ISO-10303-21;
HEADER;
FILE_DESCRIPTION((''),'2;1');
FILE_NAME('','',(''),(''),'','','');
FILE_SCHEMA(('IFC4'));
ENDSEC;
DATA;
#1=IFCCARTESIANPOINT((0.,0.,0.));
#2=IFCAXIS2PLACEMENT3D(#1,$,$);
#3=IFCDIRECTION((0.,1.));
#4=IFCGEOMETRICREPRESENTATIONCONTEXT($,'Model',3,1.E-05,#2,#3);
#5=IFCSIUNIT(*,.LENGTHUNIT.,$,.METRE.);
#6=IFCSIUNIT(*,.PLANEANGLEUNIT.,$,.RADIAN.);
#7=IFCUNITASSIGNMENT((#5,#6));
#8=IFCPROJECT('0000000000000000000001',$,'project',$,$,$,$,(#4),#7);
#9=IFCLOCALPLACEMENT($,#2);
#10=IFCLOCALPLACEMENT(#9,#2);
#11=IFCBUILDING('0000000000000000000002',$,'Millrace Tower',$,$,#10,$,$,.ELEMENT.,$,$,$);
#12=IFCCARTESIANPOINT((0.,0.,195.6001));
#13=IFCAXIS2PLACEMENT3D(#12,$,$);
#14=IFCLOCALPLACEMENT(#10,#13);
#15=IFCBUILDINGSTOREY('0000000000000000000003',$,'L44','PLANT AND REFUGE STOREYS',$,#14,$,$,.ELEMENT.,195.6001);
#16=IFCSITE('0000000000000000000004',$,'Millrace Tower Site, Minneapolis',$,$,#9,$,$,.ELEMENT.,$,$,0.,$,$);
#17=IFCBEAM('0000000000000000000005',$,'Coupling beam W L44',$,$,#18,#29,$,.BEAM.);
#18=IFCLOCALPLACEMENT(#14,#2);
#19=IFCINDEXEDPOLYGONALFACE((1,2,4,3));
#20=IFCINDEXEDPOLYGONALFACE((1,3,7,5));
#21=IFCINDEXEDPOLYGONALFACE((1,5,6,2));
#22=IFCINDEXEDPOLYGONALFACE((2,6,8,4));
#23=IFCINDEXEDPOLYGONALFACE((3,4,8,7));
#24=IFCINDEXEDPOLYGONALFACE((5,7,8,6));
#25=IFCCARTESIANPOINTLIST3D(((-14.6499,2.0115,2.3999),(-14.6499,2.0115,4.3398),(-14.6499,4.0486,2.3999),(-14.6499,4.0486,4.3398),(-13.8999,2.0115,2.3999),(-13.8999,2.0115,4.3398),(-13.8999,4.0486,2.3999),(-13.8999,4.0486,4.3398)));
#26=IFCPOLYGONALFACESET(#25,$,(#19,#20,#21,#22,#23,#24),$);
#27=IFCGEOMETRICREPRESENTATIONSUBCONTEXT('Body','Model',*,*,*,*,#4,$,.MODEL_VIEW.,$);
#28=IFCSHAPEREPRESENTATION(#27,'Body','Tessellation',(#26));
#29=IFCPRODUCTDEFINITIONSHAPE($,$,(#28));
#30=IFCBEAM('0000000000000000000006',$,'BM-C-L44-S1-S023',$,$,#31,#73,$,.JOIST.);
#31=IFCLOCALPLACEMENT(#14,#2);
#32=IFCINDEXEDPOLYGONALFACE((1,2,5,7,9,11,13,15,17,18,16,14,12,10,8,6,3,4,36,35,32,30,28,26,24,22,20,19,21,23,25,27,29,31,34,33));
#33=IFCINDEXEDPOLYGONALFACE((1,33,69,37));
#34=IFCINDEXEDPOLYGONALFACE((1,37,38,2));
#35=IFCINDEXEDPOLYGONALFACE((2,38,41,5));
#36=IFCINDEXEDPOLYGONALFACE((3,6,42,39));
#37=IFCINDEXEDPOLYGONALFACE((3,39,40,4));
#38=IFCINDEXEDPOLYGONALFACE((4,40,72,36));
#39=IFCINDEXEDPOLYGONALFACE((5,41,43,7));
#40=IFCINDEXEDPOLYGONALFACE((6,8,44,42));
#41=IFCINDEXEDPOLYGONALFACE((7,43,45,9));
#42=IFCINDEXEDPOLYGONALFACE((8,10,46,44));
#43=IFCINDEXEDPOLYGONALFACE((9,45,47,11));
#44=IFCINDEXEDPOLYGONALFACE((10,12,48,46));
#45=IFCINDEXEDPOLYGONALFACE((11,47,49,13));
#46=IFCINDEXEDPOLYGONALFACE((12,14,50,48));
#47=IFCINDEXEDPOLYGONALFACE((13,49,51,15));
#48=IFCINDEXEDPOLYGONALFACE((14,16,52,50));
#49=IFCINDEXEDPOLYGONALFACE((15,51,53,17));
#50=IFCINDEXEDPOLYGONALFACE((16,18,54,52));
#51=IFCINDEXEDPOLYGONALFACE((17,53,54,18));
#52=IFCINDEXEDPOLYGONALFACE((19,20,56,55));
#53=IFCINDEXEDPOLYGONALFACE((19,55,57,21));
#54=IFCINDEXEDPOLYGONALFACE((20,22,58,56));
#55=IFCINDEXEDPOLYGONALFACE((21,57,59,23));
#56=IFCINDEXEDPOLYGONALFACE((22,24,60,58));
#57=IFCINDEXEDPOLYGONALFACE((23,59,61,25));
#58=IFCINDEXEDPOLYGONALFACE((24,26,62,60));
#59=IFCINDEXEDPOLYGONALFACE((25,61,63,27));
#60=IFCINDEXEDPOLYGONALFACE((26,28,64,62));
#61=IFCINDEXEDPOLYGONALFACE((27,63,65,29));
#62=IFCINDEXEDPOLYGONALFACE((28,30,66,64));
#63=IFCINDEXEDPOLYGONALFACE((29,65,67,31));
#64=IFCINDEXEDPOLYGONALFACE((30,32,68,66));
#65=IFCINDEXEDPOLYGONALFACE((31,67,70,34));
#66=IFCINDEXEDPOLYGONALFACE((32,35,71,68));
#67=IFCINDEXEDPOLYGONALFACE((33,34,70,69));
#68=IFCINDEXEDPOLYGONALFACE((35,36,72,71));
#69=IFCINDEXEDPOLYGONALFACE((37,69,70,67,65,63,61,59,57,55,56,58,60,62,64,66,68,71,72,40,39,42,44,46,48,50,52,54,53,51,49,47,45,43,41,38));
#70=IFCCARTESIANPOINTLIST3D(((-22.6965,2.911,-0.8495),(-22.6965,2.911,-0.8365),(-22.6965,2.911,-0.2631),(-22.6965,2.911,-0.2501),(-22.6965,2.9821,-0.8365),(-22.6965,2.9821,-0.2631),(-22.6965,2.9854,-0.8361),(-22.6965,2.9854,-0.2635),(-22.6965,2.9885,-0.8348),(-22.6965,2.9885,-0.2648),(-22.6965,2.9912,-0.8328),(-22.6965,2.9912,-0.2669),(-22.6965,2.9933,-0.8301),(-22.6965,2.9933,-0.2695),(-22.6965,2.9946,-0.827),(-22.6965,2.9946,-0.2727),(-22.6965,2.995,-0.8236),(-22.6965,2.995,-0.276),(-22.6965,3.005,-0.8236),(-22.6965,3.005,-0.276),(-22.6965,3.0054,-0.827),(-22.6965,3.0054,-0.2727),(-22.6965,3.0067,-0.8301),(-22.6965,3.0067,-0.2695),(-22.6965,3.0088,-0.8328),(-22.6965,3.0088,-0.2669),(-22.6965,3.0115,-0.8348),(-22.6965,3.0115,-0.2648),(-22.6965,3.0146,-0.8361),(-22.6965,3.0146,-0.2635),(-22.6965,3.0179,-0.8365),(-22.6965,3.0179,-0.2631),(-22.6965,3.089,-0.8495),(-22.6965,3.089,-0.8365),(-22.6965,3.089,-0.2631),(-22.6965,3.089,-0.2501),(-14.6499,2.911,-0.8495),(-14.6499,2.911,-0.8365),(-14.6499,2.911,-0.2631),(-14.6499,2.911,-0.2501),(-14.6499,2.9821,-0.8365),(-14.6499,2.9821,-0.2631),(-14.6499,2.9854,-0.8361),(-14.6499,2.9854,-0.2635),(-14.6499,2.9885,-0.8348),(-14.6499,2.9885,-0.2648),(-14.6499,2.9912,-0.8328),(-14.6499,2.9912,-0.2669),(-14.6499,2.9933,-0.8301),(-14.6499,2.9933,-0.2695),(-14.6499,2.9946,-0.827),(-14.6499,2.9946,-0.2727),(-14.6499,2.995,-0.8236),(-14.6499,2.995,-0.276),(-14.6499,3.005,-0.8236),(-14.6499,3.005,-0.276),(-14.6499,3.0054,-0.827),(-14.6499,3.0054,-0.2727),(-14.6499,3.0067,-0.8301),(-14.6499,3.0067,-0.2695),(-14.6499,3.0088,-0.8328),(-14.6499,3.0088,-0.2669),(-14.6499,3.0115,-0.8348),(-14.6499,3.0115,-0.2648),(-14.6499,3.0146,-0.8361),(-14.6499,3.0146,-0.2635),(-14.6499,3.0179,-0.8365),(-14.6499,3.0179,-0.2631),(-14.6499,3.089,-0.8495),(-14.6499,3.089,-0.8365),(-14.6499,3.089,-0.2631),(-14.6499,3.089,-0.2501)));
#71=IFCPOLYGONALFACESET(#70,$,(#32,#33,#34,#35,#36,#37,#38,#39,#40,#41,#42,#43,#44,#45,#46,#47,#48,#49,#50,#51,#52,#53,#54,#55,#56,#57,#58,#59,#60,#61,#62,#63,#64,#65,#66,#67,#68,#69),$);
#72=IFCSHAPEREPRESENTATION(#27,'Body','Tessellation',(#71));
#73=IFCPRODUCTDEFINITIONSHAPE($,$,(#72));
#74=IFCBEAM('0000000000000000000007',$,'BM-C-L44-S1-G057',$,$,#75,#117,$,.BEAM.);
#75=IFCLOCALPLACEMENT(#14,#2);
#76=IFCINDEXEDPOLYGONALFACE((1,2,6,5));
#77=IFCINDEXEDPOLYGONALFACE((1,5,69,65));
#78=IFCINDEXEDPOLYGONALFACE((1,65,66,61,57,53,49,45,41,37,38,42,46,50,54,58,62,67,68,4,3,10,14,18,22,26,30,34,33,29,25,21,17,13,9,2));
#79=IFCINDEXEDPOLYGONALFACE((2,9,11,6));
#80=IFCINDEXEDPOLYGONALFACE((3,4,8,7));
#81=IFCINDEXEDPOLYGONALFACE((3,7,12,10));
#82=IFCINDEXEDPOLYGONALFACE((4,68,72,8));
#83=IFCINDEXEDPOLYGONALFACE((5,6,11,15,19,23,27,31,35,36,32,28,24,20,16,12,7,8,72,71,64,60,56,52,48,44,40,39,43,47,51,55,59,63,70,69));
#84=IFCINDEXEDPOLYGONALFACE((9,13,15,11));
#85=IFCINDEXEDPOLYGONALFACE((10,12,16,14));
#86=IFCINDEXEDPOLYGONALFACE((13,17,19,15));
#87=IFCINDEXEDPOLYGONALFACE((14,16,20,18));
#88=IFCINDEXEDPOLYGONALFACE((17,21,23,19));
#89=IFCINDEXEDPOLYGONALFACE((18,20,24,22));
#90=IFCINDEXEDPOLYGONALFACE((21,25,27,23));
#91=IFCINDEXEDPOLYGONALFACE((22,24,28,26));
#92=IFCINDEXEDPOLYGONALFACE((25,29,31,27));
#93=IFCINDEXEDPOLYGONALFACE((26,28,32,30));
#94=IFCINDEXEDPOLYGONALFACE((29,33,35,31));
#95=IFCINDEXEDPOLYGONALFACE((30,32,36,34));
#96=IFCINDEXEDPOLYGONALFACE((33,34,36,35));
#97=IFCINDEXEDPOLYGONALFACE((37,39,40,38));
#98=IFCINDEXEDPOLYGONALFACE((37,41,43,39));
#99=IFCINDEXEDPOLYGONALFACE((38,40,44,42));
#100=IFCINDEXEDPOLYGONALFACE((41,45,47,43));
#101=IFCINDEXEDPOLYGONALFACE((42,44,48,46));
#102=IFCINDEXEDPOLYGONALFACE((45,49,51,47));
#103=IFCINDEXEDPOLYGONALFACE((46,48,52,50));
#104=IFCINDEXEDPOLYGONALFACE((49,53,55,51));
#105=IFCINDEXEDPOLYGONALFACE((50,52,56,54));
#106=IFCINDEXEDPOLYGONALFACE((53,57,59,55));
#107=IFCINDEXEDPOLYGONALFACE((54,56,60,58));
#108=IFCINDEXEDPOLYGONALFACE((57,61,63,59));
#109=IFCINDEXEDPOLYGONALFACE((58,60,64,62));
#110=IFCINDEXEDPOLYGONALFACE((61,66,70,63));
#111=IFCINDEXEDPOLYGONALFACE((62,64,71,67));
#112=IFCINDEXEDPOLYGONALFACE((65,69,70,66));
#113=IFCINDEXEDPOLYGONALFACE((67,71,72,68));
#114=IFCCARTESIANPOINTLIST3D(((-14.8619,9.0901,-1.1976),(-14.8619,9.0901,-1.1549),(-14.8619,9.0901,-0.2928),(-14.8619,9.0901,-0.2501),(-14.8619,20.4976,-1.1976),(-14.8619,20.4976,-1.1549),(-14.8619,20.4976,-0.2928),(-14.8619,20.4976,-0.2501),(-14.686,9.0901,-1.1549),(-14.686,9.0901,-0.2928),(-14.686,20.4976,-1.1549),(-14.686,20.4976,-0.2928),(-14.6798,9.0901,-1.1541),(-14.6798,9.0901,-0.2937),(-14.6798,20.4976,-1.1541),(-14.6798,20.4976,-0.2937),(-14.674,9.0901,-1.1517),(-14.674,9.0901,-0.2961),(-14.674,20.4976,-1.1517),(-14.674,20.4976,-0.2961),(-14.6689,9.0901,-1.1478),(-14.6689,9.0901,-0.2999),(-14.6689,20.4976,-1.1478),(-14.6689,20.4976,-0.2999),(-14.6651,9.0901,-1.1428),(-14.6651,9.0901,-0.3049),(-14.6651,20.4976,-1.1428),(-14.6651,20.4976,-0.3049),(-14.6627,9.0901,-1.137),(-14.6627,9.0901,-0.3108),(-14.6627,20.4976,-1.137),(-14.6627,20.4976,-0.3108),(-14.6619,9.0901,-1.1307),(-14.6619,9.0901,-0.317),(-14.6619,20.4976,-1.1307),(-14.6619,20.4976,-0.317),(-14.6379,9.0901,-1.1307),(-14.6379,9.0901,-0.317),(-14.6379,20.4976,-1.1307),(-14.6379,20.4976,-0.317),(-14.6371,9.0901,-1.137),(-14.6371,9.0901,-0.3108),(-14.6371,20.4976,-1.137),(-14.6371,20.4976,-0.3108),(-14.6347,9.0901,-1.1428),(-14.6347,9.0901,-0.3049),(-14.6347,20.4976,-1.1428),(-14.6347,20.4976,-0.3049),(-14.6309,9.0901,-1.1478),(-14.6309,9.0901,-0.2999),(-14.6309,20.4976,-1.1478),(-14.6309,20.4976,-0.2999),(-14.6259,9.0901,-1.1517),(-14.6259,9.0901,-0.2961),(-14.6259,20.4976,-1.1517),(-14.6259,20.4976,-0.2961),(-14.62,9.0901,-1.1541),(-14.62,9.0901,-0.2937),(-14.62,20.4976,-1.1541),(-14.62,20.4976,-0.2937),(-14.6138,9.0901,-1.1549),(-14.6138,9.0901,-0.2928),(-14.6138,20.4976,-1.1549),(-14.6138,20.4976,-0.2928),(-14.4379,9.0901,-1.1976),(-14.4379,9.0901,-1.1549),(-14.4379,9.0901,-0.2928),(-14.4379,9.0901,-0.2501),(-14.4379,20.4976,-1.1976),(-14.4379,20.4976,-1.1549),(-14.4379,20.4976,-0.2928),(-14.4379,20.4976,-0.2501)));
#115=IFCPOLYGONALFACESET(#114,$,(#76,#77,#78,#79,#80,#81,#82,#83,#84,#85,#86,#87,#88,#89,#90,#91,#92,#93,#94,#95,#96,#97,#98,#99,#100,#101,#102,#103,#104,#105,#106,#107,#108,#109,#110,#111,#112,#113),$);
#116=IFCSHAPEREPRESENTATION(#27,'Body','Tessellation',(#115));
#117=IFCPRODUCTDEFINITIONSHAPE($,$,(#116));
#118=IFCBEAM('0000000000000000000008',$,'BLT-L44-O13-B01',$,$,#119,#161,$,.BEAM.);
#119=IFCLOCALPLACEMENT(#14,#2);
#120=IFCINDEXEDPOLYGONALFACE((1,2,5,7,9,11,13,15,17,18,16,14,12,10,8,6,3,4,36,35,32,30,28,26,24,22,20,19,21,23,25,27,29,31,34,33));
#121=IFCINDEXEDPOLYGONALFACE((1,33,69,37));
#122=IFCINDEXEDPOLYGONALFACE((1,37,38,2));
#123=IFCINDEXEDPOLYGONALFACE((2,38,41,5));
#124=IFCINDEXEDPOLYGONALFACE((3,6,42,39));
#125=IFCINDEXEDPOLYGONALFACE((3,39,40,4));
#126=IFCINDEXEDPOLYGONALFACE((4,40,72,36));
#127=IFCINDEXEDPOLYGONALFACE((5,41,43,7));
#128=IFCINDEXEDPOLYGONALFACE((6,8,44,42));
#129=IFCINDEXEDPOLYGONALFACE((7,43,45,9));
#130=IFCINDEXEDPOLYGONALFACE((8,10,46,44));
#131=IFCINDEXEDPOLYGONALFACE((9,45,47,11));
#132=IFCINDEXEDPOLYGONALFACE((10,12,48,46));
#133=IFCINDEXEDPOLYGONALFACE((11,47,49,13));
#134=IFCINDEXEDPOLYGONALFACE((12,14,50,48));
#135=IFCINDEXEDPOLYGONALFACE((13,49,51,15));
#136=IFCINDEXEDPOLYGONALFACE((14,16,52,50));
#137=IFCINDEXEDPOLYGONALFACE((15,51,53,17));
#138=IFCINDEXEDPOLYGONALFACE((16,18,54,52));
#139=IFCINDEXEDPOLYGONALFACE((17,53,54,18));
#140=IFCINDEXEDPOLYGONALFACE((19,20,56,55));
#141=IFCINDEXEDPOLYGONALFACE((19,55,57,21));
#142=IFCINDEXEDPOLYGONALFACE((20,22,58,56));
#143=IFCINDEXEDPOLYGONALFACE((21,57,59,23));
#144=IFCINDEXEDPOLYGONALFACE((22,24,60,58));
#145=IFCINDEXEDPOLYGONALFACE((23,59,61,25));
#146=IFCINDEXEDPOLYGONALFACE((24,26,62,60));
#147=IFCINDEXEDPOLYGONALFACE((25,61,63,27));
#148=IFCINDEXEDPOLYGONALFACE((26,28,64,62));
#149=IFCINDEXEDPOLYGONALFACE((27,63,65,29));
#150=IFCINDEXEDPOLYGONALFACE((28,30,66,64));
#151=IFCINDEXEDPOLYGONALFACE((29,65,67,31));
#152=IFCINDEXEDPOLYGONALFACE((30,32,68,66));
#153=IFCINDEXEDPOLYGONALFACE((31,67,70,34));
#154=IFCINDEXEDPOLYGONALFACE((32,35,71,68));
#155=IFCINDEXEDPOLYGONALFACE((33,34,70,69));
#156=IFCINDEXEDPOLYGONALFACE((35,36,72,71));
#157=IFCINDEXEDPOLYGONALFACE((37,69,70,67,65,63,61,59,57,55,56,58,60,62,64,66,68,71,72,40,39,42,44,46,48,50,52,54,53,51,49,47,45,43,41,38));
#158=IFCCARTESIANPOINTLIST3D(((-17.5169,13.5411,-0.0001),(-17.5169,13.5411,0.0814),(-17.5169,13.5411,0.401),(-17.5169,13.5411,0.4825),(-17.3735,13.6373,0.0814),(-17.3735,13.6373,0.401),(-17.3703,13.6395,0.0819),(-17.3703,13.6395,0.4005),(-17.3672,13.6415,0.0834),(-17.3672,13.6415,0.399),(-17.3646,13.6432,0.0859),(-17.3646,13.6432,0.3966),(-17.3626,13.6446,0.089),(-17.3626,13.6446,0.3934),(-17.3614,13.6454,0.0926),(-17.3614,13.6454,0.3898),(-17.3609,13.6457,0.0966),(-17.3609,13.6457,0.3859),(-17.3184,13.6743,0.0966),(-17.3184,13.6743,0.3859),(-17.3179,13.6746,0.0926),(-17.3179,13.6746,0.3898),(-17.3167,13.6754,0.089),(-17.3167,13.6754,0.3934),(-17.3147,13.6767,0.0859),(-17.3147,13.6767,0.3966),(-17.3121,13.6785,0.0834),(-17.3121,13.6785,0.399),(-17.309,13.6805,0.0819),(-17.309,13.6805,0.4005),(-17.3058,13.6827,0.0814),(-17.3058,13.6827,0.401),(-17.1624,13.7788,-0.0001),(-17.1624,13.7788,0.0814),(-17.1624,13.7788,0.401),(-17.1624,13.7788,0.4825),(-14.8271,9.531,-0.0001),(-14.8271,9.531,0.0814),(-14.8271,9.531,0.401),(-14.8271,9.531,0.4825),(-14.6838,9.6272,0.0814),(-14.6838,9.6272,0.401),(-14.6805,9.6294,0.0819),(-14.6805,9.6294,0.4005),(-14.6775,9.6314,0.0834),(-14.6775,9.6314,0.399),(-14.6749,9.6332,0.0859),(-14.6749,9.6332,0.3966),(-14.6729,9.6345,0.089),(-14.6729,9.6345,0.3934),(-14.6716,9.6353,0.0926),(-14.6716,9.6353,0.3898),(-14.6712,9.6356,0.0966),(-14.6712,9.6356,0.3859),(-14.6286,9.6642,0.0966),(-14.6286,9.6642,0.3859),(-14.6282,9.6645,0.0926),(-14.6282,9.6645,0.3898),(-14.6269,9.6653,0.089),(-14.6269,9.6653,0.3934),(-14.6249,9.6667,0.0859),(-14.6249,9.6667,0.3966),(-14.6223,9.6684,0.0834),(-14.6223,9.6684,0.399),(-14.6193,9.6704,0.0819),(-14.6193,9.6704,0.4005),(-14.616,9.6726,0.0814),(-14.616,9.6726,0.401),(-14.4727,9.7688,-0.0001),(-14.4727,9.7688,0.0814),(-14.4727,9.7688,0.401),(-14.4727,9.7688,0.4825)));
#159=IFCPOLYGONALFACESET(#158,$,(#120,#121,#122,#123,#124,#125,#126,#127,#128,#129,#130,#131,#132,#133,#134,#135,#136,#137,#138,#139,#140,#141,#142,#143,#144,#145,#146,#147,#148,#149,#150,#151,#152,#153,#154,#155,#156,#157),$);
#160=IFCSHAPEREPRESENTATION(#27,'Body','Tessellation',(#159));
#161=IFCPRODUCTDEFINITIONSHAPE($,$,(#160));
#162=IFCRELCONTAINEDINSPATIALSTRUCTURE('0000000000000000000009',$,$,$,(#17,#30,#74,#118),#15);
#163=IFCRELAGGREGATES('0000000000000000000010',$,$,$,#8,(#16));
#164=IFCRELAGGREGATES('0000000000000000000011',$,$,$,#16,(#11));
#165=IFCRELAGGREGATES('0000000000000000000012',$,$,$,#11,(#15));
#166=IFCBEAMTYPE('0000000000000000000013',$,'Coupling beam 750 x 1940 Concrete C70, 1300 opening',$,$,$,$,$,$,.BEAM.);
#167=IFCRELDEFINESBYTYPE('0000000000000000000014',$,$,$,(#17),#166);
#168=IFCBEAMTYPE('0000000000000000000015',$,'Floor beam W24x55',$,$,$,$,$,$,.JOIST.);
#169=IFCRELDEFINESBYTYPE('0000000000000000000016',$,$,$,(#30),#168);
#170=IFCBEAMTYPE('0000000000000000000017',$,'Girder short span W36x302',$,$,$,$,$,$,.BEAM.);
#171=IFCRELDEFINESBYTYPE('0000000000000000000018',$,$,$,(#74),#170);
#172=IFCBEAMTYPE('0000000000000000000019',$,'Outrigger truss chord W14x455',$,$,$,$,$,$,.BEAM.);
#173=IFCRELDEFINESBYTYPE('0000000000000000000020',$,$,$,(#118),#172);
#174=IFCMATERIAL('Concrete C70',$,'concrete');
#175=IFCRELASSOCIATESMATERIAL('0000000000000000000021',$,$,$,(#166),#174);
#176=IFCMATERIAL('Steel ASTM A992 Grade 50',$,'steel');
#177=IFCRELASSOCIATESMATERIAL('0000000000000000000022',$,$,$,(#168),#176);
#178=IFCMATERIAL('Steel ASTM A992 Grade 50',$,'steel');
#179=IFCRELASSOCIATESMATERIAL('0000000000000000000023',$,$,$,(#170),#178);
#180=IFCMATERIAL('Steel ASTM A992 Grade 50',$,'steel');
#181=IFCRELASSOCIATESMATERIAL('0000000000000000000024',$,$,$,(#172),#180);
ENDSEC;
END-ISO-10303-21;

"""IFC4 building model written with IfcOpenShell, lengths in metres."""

from ifc_helpers import new_model, si_unit, direction, frame, origin, origin_2d, place, context, subcontext, project, spatial, rectangle, i_section, extrude, material, material_profile, profile_set, type_object, element, save


model = new_model("IFC4")

# Units and contexts
model_context = context("Model", 3, precision=1e-05, world=origin(), true_north=direction((0.0, 1.0)))
body_context = subcontext(model_context, "Body", "Model", "MODEL_VIEW")
ifc_project = project(units=[si_unit("LENGTHUNIT", "METRE"), si_unit("PLANEANGLEUNIT", "RADIAN")], contexts=[model_context])

# Site, building, storey
site_placement = place(None, origin())
site = spatial("IfcSite", under=ifc_project, at=site_placement, Name="Millrace Tower Site, Minneapolis", CompositionType="ELEMENT", RefElevation=0.0)
building_placement = place(site_placement, origin())
building = spatial("IfcBuilding", under=site, at=building_placement, Name="Millrace Tower", CompositionType="ELEMENT")
storey_placement = place(building_placement, frame((0.0, 0.0, 195.6001)))
storey = spatial("IfcBuildingStorey", under=building, at=storey_placement, Name="L44", Description="PLANT AND REFUGE STOREYS", CompositionType="ELEMENT", Elevation=195.6001)

# Beams
ifc_material_1 = material(Name="Concrete C70", Category="concrete")
ifc_material_profile_1 = material_profile(ifc_material_1, rectangle(XDim=0.75, YDim=1.9399, at=origin_2d()))
ifc_profile_set_1 = profile_set([ifc_material_profile_1], Name="Concrete C70")
beam_type_1 = type_object("IfcBeamType", Name="Coupling beam 750 x 1940 Concrete C70, 1300 opening", PredefinedType="BEAM", material=ifc_profile_set_1)
beam_1_placement = place(storey_placement, frame((-14.2749, 2.0115, 3.3699), z_axis=(0.0, 1.0, 0.0), x_axis=(-1.0, 0.0, 0.0)))
element("IfcBeam", 1, at=beam_1_placement, inside=storey, type_object=beam_type_1, Name="Coupling beam W L44", PredefinedType="BEAM", context=body_context, shape_type="SweptSolid", body=[
    extrude(rectangle(XDim=0.75, YDim=1.9399, at=origin_2d()), origin(), (0.0, 0.0, 1.0), 2.0371),
])
ifc_material_2 = material(Name="Steel ASTM A992 Grade 50", Category="steel")
ifc_material_profile_2 = material_profile(ifc_material_2, i_section(OverallWidth=0.178, OverallDepth=0.5994, WebThickness=0.01, FlangeThickness=0.0129, FilletRadius=0.0129, at=origin_2d()))
ifc_profile_set_2 = profile_set([ifc_material_profile_2], Name="Steel ASTM A992 Grade 50")
beam_type_2 = type_object("IfcBeamType", Name="Floor beam W24x55", PredefinedType="JOIST", material=ifc_profile_set_2)
beam_2_placement = place(storey_placement, frame((-22.6965, 3.0, -0.5498), z_axis=(1.0, 0.0, 0.0), x_axis=(0.0, 1.0, 0.0)))
element("IfcBeam", 2, at=beam_2_placement, inside=storey, type_object=beam_type_2, Name="BM-C-L44-S1-S023", PredefinedType="JOIST", context=body_context, shape_type="SweptSolid", body=[
    extrude(i_section(OverallWidth=0.178, OverallDepth=0.5994, WebThickness=0.01, FlangeThickness=0.0129, FilletRadius=0.0129, at=origin_2d()), origin(), (0.0, 0.0, 1.0), 8.0466),
])
ifc_material_3 = material(Name="Steel ASTM A992 Grade 50", Category="steel")
ifc_material_profile_3 = material_profile(ifc_material_3, i_section(OverallWidth=0.4241, OverallDepth=0.9475, WebThickness=0.0239, FlangeThickness=0.0427, FilletRadius=0.0242, at=origin_2d()))
ifc_profile_set_3 = profile_set([ifc_material_profile_3], Name="Steel ASTM A992 Grade 50")
beam_type_3 = type_object("IfcBeamType", Name="Girder short span W36x302", PredefinedType="BEAM", material=ifc_profile_set_3)
beam_3_placement = place(storey_placement, frame((-14.6499, 9.0901, -0.7239), z_axis=(0.0, 1.0, 0.0), x_axis=(-1.0, 0.0, 0.0)))
element("IfcBeam", 3, at=beam_3_placement, inside=storey, type_object=beam_type_3, Name="BM-C-L44-S1-G057", PredefinedType="BEAM", context=body_context, shape_type="SweptSolid", body=[
    extrude(i_section(OverallWidth=0.4241, OverallDepth=0.9475, WebThickness=0.0239, FlangeThickness=0.0427, FilletRadius=0.0242, at=origin_2d()), origin(), (0.0, 0.0, 1.0), 11.4075),
])
ifc_material_4 = material(Name="Steel ASTM A992 Grade 50", Category="steel")
ifc_material_profile_4 = material_profile(ifc_material_4, i_section(OverallWidth=0.4268, OverallDepth=0.4827, WebThickness=0.0513, FlangeThickness=0.0815, FilletRadius=0.0151, at=origin_2d()))
ifc_profile_set_4 = profile_set([ifc_material_profile_4], Name="Steel ASTM A992 Grade 50")
beam_type_4 = type_object("IfcBeamType", Name="Outrigger truss chord W14x455", PredefinedType="BEAM", material=ifc_profile_set_4)
beam_4_placement = place(storey_placement, frame((-14.6499, 9.6499, 0.2412), z_axis=(-0.557043, 0.830483, 0.0), x_axis=(-0.830483, -0.557043, 0.0)))
element("IfcBeam", 4, at=beam_4_placement, inside=storey, type_object=beam_type_4, Name="BLT-L44-O13-B01", PredefinedType="BEAM", context=body_context, shape_type="SweptSolid", body=[
    extrude(i_section(OverallWidth=0.4268, OverallDepth=0.4827, WebThickness=0.0513, FlangeThickness=0.0815, FilletRadius=0.0151, at=origin_2d()), origin(), (0.0, 0.0, 1.0), 4.8286),
])

save(model, "model.ifc")
